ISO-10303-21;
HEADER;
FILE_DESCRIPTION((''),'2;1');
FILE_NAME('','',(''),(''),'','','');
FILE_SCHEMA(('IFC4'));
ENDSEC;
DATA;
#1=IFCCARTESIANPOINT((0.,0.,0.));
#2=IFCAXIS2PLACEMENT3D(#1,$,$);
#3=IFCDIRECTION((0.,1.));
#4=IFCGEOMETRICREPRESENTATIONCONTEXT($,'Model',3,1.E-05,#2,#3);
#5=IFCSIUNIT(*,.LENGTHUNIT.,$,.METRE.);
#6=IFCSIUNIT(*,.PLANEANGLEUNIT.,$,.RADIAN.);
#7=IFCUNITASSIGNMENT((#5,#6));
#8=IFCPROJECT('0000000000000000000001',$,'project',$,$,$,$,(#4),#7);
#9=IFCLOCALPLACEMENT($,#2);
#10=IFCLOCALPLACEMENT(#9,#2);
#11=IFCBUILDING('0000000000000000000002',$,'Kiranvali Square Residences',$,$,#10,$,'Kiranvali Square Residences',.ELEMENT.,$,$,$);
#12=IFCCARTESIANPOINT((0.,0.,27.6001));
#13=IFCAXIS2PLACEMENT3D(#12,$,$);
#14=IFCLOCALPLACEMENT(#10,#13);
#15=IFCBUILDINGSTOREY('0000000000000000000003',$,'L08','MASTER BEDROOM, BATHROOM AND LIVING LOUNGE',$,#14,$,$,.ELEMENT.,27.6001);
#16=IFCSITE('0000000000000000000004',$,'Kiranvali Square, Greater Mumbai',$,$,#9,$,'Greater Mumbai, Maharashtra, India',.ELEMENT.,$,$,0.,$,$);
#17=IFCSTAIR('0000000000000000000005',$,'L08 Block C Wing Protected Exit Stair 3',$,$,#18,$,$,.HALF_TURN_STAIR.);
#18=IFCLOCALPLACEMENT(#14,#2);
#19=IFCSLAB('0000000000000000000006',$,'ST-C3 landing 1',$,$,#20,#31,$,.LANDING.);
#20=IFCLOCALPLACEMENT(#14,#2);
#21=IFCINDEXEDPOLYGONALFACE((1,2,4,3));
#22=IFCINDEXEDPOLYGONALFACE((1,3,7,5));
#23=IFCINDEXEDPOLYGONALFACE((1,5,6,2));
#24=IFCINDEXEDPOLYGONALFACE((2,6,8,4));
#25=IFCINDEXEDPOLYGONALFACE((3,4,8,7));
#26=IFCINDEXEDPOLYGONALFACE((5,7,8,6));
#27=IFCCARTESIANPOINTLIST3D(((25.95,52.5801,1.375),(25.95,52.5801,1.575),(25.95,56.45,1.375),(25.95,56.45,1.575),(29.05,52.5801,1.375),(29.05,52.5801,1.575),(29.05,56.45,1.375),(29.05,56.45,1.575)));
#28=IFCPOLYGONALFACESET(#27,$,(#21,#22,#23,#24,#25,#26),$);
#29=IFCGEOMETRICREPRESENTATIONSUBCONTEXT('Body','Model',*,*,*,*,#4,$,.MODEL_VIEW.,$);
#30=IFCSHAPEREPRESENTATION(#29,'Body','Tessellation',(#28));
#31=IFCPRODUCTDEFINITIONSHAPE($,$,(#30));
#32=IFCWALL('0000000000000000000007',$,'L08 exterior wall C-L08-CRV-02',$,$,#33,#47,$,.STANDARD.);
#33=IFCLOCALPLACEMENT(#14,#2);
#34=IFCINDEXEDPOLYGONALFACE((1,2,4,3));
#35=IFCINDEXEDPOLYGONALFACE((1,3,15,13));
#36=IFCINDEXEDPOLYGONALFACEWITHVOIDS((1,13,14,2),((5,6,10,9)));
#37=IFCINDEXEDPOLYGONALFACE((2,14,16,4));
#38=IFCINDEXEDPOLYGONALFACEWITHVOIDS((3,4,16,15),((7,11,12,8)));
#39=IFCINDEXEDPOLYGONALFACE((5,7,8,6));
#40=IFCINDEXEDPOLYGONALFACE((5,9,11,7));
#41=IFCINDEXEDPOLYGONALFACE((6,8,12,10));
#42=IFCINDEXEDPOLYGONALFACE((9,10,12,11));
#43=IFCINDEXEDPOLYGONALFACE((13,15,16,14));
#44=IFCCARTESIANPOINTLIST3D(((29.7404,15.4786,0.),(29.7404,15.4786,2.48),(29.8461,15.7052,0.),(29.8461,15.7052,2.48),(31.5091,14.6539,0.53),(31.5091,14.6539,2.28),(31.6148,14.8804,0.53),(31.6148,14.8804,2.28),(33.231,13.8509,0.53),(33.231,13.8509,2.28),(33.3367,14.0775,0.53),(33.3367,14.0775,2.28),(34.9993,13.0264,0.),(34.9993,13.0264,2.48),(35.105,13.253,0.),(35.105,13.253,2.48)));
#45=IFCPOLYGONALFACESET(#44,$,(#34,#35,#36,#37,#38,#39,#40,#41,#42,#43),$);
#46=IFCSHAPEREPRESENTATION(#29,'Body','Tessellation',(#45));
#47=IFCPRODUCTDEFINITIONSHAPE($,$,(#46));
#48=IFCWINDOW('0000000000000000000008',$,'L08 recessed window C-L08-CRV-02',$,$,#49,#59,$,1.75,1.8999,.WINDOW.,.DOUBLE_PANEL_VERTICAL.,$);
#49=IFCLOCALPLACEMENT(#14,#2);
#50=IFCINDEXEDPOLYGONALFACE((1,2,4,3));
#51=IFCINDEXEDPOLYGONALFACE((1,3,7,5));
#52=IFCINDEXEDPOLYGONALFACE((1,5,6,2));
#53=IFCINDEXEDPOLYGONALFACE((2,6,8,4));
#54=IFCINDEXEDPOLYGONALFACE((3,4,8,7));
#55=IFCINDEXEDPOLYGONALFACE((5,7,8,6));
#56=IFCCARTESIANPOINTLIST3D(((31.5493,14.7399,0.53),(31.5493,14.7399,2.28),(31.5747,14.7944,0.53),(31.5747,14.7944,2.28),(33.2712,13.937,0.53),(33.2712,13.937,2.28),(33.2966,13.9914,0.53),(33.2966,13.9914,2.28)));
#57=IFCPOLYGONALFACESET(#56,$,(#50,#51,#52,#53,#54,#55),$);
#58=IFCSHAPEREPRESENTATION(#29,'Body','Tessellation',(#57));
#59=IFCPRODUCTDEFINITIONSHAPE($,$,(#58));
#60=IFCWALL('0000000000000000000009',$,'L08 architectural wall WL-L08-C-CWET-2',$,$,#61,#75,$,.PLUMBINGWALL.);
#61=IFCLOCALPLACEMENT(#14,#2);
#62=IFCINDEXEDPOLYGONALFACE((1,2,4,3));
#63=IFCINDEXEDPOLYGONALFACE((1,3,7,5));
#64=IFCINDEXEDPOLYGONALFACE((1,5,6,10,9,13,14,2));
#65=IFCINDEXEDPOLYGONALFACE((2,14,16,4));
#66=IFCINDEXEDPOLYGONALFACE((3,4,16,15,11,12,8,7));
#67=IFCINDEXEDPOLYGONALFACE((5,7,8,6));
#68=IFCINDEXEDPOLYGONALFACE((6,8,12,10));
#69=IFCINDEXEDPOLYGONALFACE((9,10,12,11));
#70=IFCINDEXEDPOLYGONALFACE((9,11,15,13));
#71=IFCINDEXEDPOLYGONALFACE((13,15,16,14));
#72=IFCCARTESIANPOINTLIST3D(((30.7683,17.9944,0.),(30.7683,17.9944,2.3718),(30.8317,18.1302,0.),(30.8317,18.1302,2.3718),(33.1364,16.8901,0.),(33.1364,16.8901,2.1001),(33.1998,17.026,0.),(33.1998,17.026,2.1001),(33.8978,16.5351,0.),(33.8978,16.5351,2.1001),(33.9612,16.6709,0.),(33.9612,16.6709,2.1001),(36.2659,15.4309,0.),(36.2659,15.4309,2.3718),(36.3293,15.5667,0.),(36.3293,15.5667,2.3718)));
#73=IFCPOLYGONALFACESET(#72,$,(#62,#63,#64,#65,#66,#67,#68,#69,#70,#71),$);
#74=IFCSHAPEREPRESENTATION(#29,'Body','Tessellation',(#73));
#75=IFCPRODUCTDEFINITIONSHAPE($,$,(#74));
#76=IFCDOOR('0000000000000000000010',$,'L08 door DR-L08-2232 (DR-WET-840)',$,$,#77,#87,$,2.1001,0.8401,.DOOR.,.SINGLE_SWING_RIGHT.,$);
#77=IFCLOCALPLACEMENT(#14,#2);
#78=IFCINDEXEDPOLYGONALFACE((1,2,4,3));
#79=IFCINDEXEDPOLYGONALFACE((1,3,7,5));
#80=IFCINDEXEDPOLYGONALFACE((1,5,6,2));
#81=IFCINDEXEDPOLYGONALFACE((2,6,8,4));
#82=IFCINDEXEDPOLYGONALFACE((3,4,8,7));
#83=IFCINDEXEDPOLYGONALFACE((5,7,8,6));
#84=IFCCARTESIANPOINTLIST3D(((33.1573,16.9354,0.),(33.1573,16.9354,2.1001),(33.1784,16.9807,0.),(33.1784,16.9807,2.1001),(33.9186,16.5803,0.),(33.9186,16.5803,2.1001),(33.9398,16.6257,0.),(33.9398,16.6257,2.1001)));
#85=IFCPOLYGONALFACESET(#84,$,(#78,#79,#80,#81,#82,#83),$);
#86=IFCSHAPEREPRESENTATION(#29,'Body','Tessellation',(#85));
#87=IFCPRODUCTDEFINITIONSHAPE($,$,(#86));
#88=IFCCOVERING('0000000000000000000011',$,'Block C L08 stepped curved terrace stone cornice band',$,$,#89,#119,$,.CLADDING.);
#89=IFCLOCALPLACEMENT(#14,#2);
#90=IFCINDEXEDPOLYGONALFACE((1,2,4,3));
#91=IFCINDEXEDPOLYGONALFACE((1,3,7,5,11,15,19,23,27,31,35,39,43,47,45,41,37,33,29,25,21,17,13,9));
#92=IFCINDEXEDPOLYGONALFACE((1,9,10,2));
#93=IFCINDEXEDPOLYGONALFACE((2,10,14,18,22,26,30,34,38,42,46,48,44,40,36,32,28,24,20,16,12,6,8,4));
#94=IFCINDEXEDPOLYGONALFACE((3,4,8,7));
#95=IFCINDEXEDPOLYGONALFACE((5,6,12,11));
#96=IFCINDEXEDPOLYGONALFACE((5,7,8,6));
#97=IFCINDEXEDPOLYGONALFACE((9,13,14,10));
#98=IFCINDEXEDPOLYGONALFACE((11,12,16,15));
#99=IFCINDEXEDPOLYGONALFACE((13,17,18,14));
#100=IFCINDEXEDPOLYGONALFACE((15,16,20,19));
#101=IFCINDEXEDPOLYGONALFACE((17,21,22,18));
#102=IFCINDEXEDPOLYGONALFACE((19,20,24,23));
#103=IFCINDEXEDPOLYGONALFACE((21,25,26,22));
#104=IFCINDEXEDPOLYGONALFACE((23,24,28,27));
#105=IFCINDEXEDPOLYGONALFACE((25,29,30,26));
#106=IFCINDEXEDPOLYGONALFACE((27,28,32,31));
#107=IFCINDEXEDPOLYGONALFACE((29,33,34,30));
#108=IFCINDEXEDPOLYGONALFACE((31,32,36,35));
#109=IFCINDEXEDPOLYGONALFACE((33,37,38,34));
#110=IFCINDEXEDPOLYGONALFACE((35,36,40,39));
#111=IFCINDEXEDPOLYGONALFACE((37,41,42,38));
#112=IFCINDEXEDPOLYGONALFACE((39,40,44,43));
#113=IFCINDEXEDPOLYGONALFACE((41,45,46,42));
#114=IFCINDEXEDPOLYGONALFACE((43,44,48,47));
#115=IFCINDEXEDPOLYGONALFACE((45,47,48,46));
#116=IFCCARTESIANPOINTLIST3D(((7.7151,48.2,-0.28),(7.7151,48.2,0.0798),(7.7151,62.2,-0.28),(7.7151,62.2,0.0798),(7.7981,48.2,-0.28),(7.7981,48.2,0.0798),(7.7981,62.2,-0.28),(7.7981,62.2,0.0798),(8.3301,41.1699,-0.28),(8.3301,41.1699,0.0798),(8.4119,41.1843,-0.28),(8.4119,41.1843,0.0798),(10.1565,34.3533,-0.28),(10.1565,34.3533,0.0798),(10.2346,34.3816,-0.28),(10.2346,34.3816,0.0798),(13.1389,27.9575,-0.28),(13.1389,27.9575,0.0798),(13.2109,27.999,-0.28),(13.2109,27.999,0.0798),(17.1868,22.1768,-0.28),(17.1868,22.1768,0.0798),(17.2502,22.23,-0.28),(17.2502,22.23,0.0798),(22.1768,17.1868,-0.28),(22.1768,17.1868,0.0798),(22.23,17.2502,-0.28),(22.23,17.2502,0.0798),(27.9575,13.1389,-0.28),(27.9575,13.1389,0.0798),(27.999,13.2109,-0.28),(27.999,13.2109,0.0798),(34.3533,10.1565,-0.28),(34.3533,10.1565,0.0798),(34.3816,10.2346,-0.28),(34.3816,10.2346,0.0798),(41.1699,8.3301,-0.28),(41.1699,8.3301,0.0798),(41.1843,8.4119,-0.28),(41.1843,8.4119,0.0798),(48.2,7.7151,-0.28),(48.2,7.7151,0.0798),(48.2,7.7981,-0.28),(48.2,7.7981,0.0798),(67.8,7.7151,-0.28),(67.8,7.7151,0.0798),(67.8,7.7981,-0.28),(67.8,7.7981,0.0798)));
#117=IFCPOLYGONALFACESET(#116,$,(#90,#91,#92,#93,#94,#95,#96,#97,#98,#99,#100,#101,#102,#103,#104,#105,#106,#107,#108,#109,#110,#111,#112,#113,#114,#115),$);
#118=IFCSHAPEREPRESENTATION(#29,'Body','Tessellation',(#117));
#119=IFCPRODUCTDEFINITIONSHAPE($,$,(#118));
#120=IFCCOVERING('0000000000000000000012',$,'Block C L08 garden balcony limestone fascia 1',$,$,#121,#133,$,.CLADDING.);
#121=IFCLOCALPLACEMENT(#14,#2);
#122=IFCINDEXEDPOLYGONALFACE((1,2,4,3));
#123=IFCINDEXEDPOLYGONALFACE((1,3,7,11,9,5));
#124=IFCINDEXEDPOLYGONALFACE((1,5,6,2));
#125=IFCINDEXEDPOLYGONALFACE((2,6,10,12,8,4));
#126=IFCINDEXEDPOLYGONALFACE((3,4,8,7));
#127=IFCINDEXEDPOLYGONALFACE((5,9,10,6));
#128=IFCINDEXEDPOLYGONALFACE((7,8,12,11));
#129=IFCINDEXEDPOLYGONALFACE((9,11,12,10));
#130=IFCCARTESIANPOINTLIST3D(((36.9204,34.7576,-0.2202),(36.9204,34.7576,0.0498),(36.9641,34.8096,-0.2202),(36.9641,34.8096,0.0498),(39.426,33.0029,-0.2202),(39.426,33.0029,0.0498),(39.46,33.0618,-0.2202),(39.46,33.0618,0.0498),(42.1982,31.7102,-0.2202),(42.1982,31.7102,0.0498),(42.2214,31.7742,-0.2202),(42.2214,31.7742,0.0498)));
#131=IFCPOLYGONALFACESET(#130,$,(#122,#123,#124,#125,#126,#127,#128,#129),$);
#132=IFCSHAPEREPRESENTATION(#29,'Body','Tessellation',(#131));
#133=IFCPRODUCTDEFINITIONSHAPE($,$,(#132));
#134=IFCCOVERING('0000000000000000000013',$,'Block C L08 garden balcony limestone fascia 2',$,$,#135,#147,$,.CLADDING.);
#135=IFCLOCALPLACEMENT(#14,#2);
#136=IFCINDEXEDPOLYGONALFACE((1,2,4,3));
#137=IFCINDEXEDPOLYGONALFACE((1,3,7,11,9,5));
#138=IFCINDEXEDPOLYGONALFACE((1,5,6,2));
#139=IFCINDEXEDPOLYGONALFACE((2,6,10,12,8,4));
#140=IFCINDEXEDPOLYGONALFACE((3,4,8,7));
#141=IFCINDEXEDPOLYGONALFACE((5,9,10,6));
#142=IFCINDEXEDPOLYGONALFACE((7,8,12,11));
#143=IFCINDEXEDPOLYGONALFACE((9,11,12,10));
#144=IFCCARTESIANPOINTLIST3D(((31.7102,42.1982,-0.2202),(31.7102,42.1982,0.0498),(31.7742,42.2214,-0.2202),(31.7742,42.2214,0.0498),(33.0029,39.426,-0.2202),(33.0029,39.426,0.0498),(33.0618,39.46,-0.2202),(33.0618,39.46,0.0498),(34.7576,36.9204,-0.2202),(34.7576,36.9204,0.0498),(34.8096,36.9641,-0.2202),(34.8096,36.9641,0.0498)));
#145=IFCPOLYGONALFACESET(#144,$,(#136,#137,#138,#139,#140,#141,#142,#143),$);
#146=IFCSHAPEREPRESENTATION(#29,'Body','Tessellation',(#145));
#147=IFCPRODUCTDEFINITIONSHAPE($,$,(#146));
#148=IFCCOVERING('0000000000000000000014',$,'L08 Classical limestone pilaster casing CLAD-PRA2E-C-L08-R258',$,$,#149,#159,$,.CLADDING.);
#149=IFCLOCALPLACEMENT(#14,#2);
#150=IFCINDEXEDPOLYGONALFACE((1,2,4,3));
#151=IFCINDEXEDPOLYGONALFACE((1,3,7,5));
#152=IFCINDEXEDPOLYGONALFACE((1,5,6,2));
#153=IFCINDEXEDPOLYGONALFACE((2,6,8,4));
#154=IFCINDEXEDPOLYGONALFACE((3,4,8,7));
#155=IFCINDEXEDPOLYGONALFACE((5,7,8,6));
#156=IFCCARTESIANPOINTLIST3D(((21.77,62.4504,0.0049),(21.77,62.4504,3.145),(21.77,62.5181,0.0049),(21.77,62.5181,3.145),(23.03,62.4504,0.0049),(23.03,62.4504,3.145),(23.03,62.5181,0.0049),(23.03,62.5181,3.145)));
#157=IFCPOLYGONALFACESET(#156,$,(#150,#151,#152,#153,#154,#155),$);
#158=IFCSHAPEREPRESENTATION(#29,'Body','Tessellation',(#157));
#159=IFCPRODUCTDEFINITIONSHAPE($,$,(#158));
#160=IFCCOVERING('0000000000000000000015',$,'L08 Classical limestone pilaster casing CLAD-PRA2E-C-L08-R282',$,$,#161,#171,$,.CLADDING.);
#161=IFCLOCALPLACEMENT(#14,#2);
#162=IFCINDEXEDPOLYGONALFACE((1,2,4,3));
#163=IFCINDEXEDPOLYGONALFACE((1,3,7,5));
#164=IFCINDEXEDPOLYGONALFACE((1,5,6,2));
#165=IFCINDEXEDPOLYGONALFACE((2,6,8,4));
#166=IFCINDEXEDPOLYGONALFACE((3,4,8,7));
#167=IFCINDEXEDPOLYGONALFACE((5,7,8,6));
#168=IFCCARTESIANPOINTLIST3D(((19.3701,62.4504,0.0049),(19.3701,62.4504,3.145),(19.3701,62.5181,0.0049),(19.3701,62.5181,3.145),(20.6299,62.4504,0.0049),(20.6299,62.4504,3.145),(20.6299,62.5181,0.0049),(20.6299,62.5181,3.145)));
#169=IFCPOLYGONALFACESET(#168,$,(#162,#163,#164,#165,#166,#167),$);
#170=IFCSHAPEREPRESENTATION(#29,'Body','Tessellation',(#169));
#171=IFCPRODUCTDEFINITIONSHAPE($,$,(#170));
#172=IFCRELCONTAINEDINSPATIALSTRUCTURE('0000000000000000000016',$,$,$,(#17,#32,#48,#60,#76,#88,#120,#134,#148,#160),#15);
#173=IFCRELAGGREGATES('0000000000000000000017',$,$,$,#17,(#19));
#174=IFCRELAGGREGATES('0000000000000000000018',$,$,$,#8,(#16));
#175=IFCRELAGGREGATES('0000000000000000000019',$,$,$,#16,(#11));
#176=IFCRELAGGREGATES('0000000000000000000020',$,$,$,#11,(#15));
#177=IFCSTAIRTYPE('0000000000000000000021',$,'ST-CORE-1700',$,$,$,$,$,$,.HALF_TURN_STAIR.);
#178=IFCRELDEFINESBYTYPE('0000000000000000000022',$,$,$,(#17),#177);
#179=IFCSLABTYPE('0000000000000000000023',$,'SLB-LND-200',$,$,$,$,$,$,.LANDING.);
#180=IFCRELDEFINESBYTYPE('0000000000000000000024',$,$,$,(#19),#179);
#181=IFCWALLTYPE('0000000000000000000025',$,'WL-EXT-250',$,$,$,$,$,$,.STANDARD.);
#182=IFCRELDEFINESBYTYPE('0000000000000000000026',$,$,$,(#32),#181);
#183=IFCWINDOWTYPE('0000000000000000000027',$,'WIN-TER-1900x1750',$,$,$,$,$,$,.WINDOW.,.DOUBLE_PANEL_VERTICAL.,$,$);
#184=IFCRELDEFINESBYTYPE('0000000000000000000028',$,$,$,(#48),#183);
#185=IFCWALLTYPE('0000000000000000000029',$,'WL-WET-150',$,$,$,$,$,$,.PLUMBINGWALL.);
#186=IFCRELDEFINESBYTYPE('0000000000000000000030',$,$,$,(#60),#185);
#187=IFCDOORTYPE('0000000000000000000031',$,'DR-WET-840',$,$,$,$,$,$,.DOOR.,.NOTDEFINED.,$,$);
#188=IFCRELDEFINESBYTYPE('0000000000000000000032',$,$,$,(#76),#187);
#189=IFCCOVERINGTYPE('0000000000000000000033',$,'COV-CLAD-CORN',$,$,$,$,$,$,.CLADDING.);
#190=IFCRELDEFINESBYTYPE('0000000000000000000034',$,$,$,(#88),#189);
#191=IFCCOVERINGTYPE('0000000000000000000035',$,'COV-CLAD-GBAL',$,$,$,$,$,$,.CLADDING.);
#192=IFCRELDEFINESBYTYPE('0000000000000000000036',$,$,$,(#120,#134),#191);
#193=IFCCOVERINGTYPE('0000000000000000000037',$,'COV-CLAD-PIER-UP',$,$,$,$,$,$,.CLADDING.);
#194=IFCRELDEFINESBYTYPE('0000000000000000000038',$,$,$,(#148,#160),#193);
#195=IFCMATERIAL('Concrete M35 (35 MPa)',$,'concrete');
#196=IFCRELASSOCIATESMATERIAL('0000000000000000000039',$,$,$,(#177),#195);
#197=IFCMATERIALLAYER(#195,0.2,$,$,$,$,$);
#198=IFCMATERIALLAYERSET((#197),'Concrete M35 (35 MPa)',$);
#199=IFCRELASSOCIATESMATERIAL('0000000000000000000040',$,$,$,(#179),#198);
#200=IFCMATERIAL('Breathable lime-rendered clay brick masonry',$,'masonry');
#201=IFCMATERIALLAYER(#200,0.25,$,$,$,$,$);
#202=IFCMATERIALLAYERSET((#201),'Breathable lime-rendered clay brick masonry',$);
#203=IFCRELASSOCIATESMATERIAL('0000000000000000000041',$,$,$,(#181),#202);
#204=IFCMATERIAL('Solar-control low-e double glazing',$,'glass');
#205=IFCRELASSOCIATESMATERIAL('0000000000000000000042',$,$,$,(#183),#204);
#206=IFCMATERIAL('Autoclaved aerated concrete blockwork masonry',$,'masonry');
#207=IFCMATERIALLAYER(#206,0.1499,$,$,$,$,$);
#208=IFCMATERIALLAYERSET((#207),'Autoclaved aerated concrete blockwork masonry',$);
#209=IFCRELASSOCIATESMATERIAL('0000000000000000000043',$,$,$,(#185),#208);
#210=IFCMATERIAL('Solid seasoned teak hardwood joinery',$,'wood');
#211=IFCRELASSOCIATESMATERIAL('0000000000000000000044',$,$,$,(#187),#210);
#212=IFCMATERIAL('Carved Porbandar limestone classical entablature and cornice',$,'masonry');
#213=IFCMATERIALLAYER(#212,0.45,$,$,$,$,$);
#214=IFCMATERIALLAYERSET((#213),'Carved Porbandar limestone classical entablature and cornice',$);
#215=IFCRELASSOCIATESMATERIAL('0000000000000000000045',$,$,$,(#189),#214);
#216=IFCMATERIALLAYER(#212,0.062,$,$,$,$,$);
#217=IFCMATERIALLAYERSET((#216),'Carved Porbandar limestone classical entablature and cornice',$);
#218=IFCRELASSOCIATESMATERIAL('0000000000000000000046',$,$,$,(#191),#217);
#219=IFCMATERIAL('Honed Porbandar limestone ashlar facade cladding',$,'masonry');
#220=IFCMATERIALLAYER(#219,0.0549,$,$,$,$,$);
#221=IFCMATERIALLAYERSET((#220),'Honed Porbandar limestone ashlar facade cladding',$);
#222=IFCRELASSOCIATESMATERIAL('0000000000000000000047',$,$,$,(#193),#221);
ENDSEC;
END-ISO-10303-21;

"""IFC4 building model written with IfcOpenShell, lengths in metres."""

from ifc_helpers import new_model, si_unit, direction, frame, frame_2d, origin, place, context, subcontext, project, spatial, polyline, rectangle, outline, extrude, material, layer, layer_set, type_object, element, fill, aggregate, save


model = new_model("IFC4")

# Units and contexts
model_context = context("Model", 3, precision=1e-05, world=origin(), true_north=direction((0.0, 1.0)))
body_context = subcontext(model_context, "Body", "Model", "MODEL_VIEW")
ifc_project = project(units=[si_unit("LENGTHUNIT", "METRE"), si_unit("PLANEANGLEUNIT", "RADIAN")], contexts=[model_context])

# Site, building, storey
site_placement = place(None, origin())
site = spatial("IfcSite", under=ifc_project, at=site_placement, Name="Kiranvali Square, Greater Mumbai", LongName="Greater Mumbai, Maharashtra, India", CompositionType="ELEMENT", RefElevation=0.0)
building_placement = place(site_placement, origin())
building = spatial("IfcBuilding", under=site, at=building_placement, Name="Kiranvali Square Residences", LongName="Kiranvali Square Residences", CompositionType="ELEMENT")
storey_placement = place(building_placement, frame((0.0, 0.0, 27.6001)))
storey = spatial("IfcBuildingStorey", under=building, at=storey_placement, Name="L08", Description="MASTER BEDROOM, BATHROOM AND LIVING LOUNGE", CompositionType="ELEMENT", Elevation=27.6001)

# Stair, slab
ifc_material_1 = material(Name="Concrete M35 (35 MPa)", Category="concrete")
stair_type = type_object("IfcStairType", Name="ST-CORE-1700", PredefinedType="HALF_TURN_STAIR", material=ifc_material_1)
ifc_layer_1 = layer(ifc_material_1, 0.2)
ifc_layer_set_1 = layer_set([ifc_layer_1], Name="Concrete M35 (35 MPa)")
slab_type = type_object("IfcSlabType", Name="SLB-LND-200", PredefinedType="LANDING", material=ifc_layer_set_1)
stair_1_placement = place(storey_placement, origin())
stair_1 = element("IfcStair", 1, at=stair_1_placement, inside=storey, type_object=stair_type, Name="L08 Block C Wing Protected Exit Stair 3", PredefinedType="HALF_TURN_STAIR")
slab_1_placement = place(storey_placement, frame((0.0, 0.0, 1.375)))
slab_1 = element("IfcSlab", 2, at=slab_1_placement, type_object=slab_type, Name="ST-C3 landing 1", PredefinedType="LANDING", context=body_context, shape_type="SweptSolid", body=[
    extrude(outline(polyline([(29.05, 52.5801), (29.05, 56.45), (25.95, 56.45), (25.95, 52.5801), (29.05, 52.5801)])), origin(), (0.0, 0.0, 1.0), 0.2),
])
aggregate(stair_1, [slab_1])

# Wall, opening, window
ifc_material_2 = material(Name="Breathable lime-rendered clay brick masonry", Category="masonry")
ifc_layer_2 = layer(ifc_material_2, 0.25)
ifc_layer_set_2 = layer_set([ifc_layer_2], Name="Breathable lime-rendered clay brick masonry")
wall_type_1 = type_object("IfcWallType", Name="WL-EXT-250", PredefinedType="STANDARD", material=ifc_layer_set_2)
wall_1_placement = place(storey_placement, frame((35.0522, 13.1396, 0.0), z_axis=(0.0, 0.0, 1.0), x_axis=(-0.906312, 0.422609, 0.0)))
wall_1 = element("IfcWall", 3, at=wall_1_placement, inside=storey, type_object=wall_type_1, Name="L08 exterior wall C-L08-CRV-02", PredefinedType="STANDARD", context=body_context, shape_type="SweptSolid", body=[
    extrude(rectangle(XDim=5.8025, YDim=0.25, at=frame_2d((2.9014, 0.0))), origin(), (0.0, 0.0, 1.0), 2.48),
])
opening_1_placement = place(wall_1_placement, frame((1.9512, 0.0, 0.53)))
opening_1 = element("IfcOpeningElement", 4, at=opening_1_placement, cuts=wall_1, PredefinedType="OPENING", context=body_context, shape_type="SweptSolid", body=[
    extrude(rectangle(XDim=1.8999, YDim=1.75, at=frame_2d((0.95, 0.875))), frame((0.0, 0.135, 0.0), z_axis=(0.0, -1.0, 0.0), x_axis=(1.0, 0.0, 0.0)), (0.0, 0.0, 1.0), 0.27),
])
ifc_material_3 = material(Name="Solar-control low-e double glazing", Category="glass")
window_type = type_object("IfcWindowType", Name="WIN-TER-1900x1750", PartitioningType="DOUBLE_PANEL_VERTICAL", PredefinedType="WINDOW", material=ifc_material_3)
window_placement = place(opening_1_placement, origin())
window = element("IfcWindow", 5, at=window_placement, inside=storey, type_object=window_type, Name="L08 recessed window C-L08-CRV-02", OverallHeight=1.75, OverallWidth=1.8999, PartitioningType="DOUBLE_PANEL_VERTICAL", PredefinedType="WINDOW", context=body_context, shape_type="SweptSolid", body=[
    extrude(rectangle(XDim=1.8999, YDim=1.75, at=frame_2d((0.95, 0.875))), frame((0.0, 0.03, 0.0), z_axis=(0.0, -1.0, 0.0), x_axis=(1.0, 0.0, 0.0)), (0.0, 0.0, 1.0), 0.0601),
])
fill(opening_1, window)

# Wall, opening, door
ifc_material_4 = material(Name="Autoclaved aerated concrete blockwork masonry", Category="masonry")
ifc_layer_3 = layer(ifc_material_4, 0.1499)
ifc_layer_set_3 = layer_set([ifc_layer_3], Name="Autoclaved aerated concrete blockwork masonry")
wall_type_2 = type_object("IfcWallType", Name="WL-WET-150", PredefinedType="PLUMBINGWALL", material=ifc_layer_set_3)
wall_2_placement = place(storey_placement, frame((36.2976, 15.4988, 0.0), z_axis=(0.0, 0.0, 1.0), x_axis=(-0.906313, 0.422608, 0.0)))
wall_2 = element("IfcWall", 6, at=wall_2_placement, inside=storey, type_object=wall_type_2, Name="L08 architectural wall WL-L08-C-CWET-2", PredefinedType="PLUMBINGWALL", context=body_context, shape_type="SweptSolid", body=[
    extrude(rectangle(XDim=6.0659, YDim=0.1499, at=frame_2d((3.033, 0.0))), origin(), (0.0, 0.0, 1.0), 2.3718),
])
opening_2_placement = place(wall_2_placement, frame((2.613, 0.0, 0.0)))
opening_2 = element("IfcOpeningElement", 7, at=opening_2_placement, cuts=wall_2, PredefinedType="OPENING", context=body_context, shape_type="SweptSolid", body=[
    extrude(rectangle(XDim=0.8401, YDim=2.1001, at=frame_2d((0.4199, 1.05))), frame((0.0, 0.085, 0.0), z_axis=(0.0, -1.0, 0.0), x_axis=(1.0, 0.0, 0.0)), (0.0, 0.0, 1.0), 0.1699),
])
ifc_material_5 = material(Name="Solid seasoned teak hardwood joinery", Category="wood")
door_type = type_object("IfcDoorType", Name="DR-WET-840", OperationType="NOTDEFINED", PredefinedType="DOOR", material=ifc_material_5)
door_placement = place(opening_2_placement, frame((0.8401, 0.0, 0.0), z_axis=(0.0, 0.0, 1.0), x_axis=(-1.0, 0.0, 0.0)))
door = element("IfcDoor", 8, at=door_placement, inside=storey, type_object=door_type, Name="L08 door DR-L08-2232 (DR-WET-840)", OperationType="SINGLE_SWING_RIGHT", OverallHeight=2.1001, OverallWidth=0.8401, PredefinedType="DOOR", context=body_context, shape_type="SweptSolid", body=[
    extrude(rectangle(XDim=0.8401, YDim=2.1001, at=frame_2d((0.4199, 1.05))), frame((0.0, 0.0249, 0.0), z_axis=(0.0, -1.0, 0.0), x_axis=(1.0, 0.0, 0.0)), (0.0, 0.0, 1.0), 0.05),
])
fill(opening_2, door)

# Coverings
ifc_material_6 = material(Name="Carved Porbandar limestone classical entablature and cornice", Category="masonry")
ifc_layer_4 = layer(ifc_material_6, 0.45)
ifc_layer_set_4 = layer_set([ifc_layer_4], Name="Carved Porbandar limestone classical entablature and cornice")
covering_type_1 = type_object("IfcCoveringType", Name="COV-CLAD-CORN", PredefinedType="CLADDING", material=ifc_layer_set_4)
covering_1_placement = place(storey_placement, frame((0.0, 0.0, -0.28)))
element("IfcCovering", 9, at=covering_1_placement, inside=storey, type_object=covering_type_1, Name="Block C L08 stepped curved terrace stone cornice band", PredefinedType="CLADDING", context=body_context, shape_type="SweptSolid", body=[
    extrude(outline(polyline([(67.8, 7.7981), (48.2, 7.7981), (41.1843, 8.4119), (34.3816, 10.2346), (27.999, 13.2109), (22.23, 17.2502), (17.2502, 22.23), (13.2109, 27.999), (10.2346, 34.3816), (8.4119, 41.1843), (7.7981, 48.2), (7.7981, 62.2), (7.7151, 62.2), (7.7151, 48.2), (8.3301, 41.1699), (10.1565, 34.3533), (13.1389, 27.9575), (17.1868, 22.1768), (22.1768, 17.1868), (27.9575, 13.1389), (34.3533, 10.1565), (41.1699, 8.3301), (48.2, 7.7151), (67.8, 7.7151), (67.8, 7.7981)])), origin(), (0.0, 0.0, 1.0), 0.3599),
])
ifc_layer_5 = layer(ifc_material_6, 0.062)
ifc_layer_set_5 = layer_set([ifc_layer_5], Name="Carved Porbandar limestone classical entablature and cornice")
covering_type_2 = type_object("IfcCoveringType", Name="COV-CLAD-GBAL", PredefinedType="CLADDING", material=ifc_layer_set_5)
covering_2_placement = place(storey_placement, frame((0.0, 0.0, -0.2202)))
element("IfcCovering", 10, at=covering_2_placement, inside=storey, type_object=covering_type_2, Name="Block C L08 garden balcony limestone fascia 1", PredefinedType="CLADDING", context=body_context, shape_type="SweptSolid", body=[
    extrude(outline(polyline([(42.2214, 31.7742), (39.46, 33.0618), (36.9641, 34.8096), (36.9204, 34.7576), (39.426, 33.0029), (42.1982, 31.7102), (42.2214, 31.7742)])), origin(), (0.0, 0.0, 1.0), 0.27),
])
covering_3_placement = place(storey_placement, frame((0.0, 0.0, -0.2202)))
element("IfcCovering", 11, at=covering_3_placement, inside=storey, type_object=covering_type_2, Name="Block C L08 garden balcony limestone fascia 2", PredefinedType="CLADDING", context=body_context, shape_type="SweptSolid", body=[
    extrude(outline(polyline([(34.8096, 36.9641), (33.0618, 39.46), (31.7742, 42.2214), (31.7102, 42.1982), (33.0029, 39.426), (34.7576, 36.9204), (34.8096, 36.9641)])), origin(), (0.0, 0.0, 1.0), 0.27),
])
ifc_material_7 = material(Name="Honed Porbandar limestone ashlar facade cladding", Category="masonry")
ifc_layer_6 = layer(ifc_material_7, 0.0549)
ifc_layer_set_6 = layer_set([ifc_layer_6], Name="Honed Porbandar limestone ashlar facade cladding")
covering_type_3 = type_object("IfcCoveringType", Name="COV-CLAD-PIER-UP", PredefinedType="CLADDING", material=ifc_layer_set_6)
covering_4_placement = place(storey_placement, frame((0.0, 0.0, 0.0049)))
element("IfcCovering", 12, at=covering_4_placement, inside=storey, type_object=covering_type_3, Name="L08 Classical limestone pilaster casing CLAD-PRA2E-C-L08-R258", PredefinedType="CLADDING", context=body_context, shape_type="SweptSolid", body=[
    extrude(outline(polyline([(23.03, 62.5181), (21.77, 62.5181), (21.77, 62.4504), (23.03, 62.4504), (23.03, 62.5181)])), origin(), (0.0, 0.0, 1.0), 3.1401),
])
covering_5_placement = place(storey_placement, frame((0.0, 0.0, 0.0049)))
element("IfcCovering", 13, at=covering_5_placement, inside=storey, type_object=covering_type_3, Name="L08 Classical limestone pilaster casing CLAD-PRA2E-C-L08-R282", PredefinedType="CLADDING", context=body_context, shape_type="SweptSolid", body=[
    extrude(outline(polyline([(20.6299, 62.5181), (19.3701, 62.5181), (19.3701, 62.4504), (20.6299, 62.4504), (20.6299, 62.5181)])), origin(), (0.0, 0.0, 1.0), 3.1401),
])

save(model, "model.ifc")
